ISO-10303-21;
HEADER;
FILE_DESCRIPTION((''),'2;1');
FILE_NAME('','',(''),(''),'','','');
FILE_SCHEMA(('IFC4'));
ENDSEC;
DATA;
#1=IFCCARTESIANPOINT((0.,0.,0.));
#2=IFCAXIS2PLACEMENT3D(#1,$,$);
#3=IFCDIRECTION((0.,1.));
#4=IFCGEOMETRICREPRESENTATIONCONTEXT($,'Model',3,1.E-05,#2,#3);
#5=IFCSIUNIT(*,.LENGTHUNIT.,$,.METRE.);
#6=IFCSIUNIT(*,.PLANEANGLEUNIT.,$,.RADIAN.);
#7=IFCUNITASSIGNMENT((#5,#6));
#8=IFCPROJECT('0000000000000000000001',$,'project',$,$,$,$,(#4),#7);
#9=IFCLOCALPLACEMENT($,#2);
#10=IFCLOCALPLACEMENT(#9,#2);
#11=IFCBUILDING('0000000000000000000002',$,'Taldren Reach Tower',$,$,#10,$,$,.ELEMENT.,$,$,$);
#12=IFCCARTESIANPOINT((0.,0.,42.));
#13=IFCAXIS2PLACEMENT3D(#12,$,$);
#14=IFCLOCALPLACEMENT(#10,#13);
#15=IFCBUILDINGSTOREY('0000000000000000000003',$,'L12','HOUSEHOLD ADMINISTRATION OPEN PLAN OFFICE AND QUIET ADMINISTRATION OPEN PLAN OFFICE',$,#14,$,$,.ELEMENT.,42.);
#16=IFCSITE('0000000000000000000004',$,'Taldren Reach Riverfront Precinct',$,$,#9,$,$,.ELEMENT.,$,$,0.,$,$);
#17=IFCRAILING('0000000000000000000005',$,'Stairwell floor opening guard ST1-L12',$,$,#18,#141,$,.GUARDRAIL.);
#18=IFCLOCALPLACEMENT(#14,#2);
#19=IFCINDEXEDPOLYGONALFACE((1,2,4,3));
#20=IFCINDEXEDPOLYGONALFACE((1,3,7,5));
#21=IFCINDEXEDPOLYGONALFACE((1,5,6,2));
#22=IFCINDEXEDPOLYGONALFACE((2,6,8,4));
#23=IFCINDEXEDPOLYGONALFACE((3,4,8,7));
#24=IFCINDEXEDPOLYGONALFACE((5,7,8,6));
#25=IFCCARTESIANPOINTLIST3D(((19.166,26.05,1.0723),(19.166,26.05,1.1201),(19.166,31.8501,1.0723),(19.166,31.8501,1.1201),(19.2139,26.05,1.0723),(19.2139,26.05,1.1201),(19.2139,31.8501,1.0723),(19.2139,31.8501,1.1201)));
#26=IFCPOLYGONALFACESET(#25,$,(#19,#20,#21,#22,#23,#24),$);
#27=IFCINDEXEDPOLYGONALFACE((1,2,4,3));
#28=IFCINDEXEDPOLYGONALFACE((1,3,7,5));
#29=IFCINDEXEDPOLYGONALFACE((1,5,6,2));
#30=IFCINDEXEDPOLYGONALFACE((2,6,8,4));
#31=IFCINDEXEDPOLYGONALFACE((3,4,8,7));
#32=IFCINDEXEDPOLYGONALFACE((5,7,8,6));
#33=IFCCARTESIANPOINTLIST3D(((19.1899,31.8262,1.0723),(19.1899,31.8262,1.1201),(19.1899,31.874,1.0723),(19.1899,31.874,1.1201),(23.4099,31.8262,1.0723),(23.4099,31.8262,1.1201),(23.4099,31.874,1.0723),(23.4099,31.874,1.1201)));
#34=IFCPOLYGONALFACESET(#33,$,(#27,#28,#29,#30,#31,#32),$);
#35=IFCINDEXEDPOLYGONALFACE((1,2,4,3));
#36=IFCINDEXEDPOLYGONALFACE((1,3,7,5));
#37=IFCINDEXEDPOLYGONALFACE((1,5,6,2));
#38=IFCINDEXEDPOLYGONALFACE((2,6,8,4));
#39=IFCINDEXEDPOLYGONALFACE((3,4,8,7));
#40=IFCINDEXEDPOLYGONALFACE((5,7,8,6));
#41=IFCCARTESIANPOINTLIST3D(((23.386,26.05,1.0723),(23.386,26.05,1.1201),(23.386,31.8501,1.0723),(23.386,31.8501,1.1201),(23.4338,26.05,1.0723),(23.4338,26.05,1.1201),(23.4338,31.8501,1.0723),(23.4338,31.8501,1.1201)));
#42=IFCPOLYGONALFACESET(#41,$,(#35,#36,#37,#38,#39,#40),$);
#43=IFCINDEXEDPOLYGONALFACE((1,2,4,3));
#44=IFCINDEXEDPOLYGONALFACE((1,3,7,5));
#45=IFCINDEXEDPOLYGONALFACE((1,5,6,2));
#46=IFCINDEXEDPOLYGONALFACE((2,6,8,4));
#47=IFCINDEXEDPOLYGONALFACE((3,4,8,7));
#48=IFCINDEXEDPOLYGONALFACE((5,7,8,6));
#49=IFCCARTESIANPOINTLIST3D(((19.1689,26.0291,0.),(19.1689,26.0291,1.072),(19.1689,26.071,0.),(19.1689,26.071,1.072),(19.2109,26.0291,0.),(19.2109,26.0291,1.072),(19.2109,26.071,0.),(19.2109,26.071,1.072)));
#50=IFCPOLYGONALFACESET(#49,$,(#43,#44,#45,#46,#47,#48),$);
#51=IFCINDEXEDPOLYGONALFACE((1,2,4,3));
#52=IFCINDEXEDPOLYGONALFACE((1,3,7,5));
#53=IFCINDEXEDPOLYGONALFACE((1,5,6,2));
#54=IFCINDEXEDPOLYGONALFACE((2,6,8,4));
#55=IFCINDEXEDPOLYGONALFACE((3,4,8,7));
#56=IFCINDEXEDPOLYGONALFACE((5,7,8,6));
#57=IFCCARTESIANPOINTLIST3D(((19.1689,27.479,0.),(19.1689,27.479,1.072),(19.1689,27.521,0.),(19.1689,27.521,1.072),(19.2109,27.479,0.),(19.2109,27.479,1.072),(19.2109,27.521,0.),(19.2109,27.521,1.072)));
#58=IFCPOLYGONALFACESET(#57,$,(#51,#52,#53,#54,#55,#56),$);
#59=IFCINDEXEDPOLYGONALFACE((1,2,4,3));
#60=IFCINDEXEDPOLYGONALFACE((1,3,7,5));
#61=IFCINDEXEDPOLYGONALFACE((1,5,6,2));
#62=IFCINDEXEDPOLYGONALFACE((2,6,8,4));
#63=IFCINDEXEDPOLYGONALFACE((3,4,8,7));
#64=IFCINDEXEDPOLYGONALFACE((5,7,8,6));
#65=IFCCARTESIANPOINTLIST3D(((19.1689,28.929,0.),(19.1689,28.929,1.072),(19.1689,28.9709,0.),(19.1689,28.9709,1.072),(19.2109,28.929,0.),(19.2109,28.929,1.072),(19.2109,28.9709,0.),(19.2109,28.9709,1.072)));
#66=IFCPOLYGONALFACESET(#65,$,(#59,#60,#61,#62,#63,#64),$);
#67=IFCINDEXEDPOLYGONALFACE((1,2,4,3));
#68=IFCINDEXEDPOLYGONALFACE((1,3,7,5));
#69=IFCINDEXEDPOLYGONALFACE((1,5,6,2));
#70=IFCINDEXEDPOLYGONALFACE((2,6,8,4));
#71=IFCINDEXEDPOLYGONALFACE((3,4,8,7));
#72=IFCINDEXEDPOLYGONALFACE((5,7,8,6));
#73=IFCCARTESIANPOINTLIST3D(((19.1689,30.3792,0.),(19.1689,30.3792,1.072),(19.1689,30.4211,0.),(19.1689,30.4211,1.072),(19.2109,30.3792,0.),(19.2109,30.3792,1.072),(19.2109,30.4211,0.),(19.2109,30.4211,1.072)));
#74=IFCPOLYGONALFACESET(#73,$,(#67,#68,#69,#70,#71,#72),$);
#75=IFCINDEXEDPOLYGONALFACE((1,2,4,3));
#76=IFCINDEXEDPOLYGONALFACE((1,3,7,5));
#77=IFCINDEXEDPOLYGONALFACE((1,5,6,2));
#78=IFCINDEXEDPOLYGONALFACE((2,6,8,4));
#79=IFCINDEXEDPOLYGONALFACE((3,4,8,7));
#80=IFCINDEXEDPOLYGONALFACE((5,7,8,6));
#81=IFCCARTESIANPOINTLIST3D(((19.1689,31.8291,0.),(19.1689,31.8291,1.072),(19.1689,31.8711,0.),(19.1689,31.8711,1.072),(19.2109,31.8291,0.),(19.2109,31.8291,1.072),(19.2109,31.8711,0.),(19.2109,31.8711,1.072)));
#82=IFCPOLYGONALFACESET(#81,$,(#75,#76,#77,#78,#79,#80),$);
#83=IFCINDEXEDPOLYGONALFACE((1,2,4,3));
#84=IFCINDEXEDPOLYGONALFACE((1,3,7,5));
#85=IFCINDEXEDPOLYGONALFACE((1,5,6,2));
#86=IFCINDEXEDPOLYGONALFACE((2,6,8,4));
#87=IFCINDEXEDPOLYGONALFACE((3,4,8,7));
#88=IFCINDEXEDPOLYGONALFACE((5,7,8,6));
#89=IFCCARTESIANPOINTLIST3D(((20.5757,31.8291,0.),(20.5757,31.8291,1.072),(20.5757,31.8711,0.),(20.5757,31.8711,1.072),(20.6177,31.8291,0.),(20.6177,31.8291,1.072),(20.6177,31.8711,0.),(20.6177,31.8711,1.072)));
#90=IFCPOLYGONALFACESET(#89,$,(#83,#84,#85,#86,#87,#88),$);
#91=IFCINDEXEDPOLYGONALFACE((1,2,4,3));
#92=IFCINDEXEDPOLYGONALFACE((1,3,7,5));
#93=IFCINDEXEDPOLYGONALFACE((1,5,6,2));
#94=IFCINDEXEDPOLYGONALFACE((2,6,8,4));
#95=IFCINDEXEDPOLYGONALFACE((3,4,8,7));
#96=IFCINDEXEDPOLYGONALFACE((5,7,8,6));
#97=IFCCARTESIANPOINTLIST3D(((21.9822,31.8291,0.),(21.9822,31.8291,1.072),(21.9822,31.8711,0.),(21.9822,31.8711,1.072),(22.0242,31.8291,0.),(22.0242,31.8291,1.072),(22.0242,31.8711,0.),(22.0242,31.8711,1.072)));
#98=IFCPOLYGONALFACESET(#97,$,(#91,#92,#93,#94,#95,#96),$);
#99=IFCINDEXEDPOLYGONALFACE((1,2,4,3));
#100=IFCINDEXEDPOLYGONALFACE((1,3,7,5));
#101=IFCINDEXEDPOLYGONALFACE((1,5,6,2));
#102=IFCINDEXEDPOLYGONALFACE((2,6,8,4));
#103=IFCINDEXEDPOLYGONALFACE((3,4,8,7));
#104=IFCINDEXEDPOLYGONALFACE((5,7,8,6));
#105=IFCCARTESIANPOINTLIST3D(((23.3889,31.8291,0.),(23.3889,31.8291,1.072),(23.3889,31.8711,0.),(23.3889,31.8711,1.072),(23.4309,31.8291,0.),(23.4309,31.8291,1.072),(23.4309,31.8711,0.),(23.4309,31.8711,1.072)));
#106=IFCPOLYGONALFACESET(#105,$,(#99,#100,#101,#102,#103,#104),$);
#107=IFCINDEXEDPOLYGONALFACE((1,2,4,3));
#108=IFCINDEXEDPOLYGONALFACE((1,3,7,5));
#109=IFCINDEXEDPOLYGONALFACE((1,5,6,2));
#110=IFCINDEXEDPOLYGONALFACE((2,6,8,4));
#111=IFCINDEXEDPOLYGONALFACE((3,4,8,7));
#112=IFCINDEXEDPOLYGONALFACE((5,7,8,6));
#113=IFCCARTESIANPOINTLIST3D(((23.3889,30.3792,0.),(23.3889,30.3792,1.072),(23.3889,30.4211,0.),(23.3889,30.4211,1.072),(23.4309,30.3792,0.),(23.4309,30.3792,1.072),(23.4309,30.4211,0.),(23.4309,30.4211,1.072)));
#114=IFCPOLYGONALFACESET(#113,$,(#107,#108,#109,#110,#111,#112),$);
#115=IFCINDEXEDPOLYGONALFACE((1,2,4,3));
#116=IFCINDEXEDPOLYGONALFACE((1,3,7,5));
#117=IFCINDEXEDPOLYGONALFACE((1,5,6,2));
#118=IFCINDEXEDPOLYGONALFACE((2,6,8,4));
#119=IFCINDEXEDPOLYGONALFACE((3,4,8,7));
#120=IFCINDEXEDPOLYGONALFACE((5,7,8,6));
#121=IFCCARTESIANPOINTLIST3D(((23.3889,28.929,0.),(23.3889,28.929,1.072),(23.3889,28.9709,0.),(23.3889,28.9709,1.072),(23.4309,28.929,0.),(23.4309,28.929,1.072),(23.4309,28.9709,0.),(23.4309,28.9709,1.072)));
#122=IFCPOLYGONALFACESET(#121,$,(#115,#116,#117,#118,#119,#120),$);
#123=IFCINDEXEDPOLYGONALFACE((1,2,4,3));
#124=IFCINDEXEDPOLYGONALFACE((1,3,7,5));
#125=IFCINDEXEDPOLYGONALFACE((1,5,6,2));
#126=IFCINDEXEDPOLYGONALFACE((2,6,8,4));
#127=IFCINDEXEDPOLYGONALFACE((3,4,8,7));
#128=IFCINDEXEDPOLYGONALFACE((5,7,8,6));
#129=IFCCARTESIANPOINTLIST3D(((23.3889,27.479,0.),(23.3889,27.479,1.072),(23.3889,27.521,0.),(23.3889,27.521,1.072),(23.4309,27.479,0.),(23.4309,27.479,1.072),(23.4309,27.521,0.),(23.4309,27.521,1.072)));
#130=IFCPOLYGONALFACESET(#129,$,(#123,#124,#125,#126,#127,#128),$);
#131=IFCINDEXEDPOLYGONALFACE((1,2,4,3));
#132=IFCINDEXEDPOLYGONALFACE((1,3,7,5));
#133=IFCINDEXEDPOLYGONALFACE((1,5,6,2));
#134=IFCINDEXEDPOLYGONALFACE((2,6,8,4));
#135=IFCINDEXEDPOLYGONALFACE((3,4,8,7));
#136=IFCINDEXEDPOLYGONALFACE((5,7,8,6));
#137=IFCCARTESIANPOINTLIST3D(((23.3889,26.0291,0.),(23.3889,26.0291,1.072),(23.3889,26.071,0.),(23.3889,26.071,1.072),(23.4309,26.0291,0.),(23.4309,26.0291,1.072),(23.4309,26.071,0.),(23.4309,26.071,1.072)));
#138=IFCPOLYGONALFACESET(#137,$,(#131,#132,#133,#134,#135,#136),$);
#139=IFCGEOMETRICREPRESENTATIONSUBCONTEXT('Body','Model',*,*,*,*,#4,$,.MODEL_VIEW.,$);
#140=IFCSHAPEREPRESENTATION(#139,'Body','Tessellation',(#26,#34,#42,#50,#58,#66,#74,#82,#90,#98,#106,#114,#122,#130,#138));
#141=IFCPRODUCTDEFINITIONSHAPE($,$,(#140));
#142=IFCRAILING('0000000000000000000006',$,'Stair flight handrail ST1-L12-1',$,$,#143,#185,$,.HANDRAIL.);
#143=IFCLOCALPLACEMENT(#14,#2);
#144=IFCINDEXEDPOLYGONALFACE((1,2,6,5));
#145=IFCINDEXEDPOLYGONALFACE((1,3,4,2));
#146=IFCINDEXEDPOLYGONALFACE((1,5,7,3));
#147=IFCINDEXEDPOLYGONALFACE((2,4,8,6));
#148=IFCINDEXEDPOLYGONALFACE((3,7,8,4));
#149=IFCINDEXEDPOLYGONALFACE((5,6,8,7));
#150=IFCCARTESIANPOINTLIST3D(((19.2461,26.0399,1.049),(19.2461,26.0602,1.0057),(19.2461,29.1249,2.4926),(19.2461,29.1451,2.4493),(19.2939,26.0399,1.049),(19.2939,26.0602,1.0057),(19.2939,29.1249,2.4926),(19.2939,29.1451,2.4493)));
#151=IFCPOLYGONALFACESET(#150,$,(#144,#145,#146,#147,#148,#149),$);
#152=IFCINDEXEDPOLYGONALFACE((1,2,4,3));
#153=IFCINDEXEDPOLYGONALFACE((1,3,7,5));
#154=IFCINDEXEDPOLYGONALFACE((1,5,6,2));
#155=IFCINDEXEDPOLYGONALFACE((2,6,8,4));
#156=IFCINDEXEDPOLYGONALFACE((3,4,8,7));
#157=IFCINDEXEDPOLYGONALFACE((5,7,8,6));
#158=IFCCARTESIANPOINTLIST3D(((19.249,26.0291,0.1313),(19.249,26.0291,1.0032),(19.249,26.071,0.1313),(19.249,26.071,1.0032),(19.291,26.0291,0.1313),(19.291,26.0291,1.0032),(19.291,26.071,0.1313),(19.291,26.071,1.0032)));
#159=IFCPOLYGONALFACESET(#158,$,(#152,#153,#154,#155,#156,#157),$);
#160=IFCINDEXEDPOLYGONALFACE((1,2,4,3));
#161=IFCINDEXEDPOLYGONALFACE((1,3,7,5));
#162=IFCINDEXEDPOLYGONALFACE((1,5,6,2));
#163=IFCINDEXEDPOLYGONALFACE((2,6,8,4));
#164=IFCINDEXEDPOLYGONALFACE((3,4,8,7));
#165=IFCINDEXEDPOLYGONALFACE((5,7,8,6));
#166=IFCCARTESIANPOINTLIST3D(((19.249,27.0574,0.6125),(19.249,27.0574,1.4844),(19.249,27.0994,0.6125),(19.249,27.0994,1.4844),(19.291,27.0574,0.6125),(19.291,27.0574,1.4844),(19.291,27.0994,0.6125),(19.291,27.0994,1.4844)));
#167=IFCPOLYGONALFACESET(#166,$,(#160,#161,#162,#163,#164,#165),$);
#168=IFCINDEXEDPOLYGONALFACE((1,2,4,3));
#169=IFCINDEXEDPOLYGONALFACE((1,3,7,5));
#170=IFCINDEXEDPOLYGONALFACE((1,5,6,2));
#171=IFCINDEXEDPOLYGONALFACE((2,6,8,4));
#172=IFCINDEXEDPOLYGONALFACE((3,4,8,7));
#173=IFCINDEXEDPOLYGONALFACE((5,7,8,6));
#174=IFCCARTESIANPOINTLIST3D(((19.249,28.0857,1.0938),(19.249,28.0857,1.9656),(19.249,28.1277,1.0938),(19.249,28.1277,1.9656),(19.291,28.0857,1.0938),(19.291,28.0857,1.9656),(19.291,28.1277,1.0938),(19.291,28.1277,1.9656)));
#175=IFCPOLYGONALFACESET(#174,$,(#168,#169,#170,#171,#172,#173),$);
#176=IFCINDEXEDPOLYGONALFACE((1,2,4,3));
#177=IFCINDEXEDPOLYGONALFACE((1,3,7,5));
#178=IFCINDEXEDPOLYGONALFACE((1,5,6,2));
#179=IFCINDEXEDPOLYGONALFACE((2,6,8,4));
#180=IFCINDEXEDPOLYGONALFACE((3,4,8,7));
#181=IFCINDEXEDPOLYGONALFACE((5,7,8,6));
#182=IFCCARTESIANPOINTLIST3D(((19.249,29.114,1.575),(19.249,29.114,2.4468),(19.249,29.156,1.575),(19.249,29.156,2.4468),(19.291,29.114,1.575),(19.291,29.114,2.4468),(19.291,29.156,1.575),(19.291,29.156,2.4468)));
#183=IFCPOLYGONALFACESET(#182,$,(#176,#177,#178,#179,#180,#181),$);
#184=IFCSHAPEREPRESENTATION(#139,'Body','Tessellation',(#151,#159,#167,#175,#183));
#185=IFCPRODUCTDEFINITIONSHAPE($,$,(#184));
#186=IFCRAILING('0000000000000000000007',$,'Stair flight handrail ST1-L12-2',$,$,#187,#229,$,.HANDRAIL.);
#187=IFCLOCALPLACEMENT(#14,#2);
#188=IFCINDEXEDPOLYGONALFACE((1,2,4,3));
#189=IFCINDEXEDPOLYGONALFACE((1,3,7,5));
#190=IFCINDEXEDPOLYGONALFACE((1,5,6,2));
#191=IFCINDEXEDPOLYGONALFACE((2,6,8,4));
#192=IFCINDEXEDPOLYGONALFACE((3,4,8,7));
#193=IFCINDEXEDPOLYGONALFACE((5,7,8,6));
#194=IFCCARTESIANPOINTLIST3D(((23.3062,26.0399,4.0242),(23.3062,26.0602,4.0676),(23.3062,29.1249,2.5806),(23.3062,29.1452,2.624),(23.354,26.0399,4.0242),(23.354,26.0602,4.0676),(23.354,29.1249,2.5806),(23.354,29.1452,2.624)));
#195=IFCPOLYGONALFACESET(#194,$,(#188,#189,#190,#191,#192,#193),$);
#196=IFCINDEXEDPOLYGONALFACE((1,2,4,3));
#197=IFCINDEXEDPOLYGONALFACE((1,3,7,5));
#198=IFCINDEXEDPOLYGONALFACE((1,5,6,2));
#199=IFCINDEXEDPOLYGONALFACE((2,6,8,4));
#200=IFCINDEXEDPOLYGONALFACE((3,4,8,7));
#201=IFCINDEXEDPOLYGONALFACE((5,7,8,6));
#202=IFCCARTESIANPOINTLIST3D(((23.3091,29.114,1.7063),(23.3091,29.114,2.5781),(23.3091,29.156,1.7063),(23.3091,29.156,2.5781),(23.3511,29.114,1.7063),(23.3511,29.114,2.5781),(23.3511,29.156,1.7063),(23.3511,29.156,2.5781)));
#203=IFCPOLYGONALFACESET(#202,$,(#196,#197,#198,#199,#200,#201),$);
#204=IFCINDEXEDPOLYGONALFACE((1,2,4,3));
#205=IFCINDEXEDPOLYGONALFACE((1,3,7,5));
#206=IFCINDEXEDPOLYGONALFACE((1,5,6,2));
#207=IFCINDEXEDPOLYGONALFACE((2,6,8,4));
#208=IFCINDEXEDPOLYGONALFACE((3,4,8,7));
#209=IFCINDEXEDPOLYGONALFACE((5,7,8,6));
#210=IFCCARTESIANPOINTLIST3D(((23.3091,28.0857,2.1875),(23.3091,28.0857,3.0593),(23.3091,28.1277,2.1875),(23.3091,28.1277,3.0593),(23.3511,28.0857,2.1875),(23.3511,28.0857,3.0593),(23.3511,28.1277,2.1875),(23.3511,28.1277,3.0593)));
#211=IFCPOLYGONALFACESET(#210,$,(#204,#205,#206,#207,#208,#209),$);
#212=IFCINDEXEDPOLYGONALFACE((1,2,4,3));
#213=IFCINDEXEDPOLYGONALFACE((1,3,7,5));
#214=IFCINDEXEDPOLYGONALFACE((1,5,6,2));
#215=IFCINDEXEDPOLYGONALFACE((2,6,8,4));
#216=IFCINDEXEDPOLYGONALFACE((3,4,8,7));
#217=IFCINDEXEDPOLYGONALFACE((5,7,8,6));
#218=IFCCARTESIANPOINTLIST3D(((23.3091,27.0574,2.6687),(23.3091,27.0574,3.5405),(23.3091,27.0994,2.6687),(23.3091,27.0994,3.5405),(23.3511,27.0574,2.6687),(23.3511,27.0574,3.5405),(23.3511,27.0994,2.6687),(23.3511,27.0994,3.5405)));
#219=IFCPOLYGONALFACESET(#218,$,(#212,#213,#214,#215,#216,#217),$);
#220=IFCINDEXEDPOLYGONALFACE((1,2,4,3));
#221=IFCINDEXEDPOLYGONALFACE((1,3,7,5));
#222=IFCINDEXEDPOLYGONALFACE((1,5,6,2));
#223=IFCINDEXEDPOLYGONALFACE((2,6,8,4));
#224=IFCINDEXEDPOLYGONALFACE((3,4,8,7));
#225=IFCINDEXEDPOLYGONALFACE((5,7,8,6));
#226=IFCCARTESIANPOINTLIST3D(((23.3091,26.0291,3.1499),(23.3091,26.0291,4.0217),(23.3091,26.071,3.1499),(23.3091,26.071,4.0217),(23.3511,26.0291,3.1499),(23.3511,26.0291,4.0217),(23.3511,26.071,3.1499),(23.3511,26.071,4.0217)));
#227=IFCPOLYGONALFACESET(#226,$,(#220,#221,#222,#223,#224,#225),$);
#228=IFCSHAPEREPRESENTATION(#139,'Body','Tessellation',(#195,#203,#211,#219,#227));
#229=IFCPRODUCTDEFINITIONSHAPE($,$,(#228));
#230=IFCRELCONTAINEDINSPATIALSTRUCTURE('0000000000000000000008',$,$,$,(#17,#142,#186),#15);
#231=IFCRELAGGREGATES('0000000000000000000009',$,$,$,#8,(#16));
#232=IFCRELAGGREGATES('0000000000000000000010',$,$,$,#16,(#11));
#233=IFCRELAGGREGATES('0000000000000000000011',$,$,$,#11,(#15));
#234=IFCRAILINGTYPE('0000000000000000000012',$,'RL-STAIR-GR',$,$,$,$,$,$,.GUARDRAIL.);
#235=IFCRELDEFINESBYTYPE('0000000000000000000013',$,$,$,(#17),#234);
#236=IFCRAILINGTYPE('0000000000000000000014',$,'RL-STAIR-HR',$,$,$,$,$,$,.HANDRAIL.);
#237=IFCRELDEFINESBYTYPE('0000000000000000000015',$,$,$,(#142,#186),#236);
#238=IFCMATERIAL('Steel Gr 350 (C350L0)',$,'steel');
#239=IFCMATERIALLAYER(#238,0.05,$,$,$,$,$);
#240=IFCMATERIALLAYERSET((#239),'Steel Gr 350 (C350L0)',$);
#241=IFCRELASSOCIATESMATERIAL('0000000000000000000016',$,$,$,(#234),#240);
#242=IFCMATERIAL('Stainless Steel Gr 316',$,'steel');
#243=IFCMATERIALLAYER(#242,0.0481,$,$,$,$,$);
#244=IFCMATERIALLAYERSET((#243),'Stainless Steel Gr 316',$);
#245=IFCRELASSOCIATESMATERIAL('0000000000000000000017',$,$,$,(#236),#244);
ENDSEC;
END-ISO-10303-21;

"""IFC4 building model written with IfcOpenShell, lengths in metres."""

from ifc_helpers import new_model, si_unit, direction, frame, origin, origin_2d, place, context, subcontext, project, spatial, rectangle, extrude, material, layer, layer_set, type_object, element, save


model = new_model("IFC4")

# Units and contexts
model_context = context("Model", 3, precision=1e-05, world=origin(), true_north=direction((0.0, 1.0)))
body_context = subcontext(model_context, "Body", "Model", "MODEL_VIEW")
ifc_project = project(units=[si_unit("LENGTHUNIT", "METRE"), si_unit("PLANEANGLEUNIT", "RADIAN")], contexts=[model_context])

# Site, building, storey
site_placement = place(None, origin())
site = spatial("IfcSite", under=ifc_project, at=site_placement, Name="Taldren Reach Riverfront Precinct", CompositionType="ELEMENT", RefElevation=0.0)
building_placement = place(site_placement, origin())
building = spatial("IfcBuilding", under=site, at=building_placement, Name="Taldren Reach Tower", CompositionType="ELEMENT")
storey_placement = place(building_placement, frame((0.0, 0.0, 42.0)))
storey = spatial("IfcBuildingStorey", under=building, at=storey_placement, Name="L12", Description="HOUSEHOLD ADMINISTRATION OPEN PLAN OFFICE AND QUIET ADMINISTRATION OPEN PLAN OFFICE", CompositionType="ELEMENT", Elevation=42.0)

# Shared definitions
ifc_material_1 = material(Name="Steel Gr 350 (C350L0)", Category="steel")

# Railings
ifc_layer_1 = layer(ifc_material_1, 0.05)
ifc_layer_set_1 = layer_set([ifc_layer_1], Name="Steel Gr 350 (C350L0)")
railing_type_1 = type_object("IfcRailingType", Name="RL-STAIR-GR", PredefinedType="GUARDRAIL", material=ifc_layer_set_1)
railing_1_placement = place(storey_placement, frame((19.1899, 26.05, 0.0)))
element("IfcRailing", 1, at=railing_1_placement, inside=storey, type_object=railing_type_1, Name="Stairwell floor opening guard ST1-L12", PredefinedType="GUARDRAIL", context=body_context, shape_type="SweptSolid", body=[
    extrude(rectangle(XDim=0.0479, YDim=0.0479, at=origin_2d()), frame((0.0, 0.0, 1.0962), z_axis=(0.0, 1.0, 0.0), x_axis=(-1.0, 0.0, 0.0)), (0.0, 0.0, 1.0), 5.8),
    extrude(rectangle(XDim=0.0479, YDim=0.0479, at=origin_2d()), frame((0.0, 5.8, 1.0962), z_axis=(1.0, 0.0, 0.0), x_axis=(0.0, 1.0, 0.0)), (0.0, 0.0, 1.0), 4.22),
    extrude(rectangle(XDim=0.0479, YDim=0.0479, at=origin_2d()), frame((4.22, 5.8, 1.0962), z_axis=(0.0, -1.0, 0.0), x_axis=(1.0, 0.0, 0.0)), (0.0, 0.0, 1.0), 5.8),
    extrude(rectangle(XDim=0.042, YDim=0.042, at=origin_2d()), origin(), (0.0, 0.0, 1.0), 1.072),
    extrude(rectangle(XDim=0.042, YDim=0.042, at=origin_2d()), frame((0.0, 1.45, 0.0)), (0.0, 0.0, 1.0), 1.072),
    extrude(rectangle(XDim=0.042, YDim=0.042, at=origin_2d()), frame((0.0, 2.8999, 0.0)), (0.0, 0.0, 1.0), 1.072),
    extrude(rectangle(XDim=0.042, YDim=0.042, at=origin_2d()), frame((0.0, 4.3501, 0.0)), (0.0, 0.0, 1.0), 1.072),
    extrude(rectangle(XDim=0.042, YDim=0.042, at=origin_2d()), frame((0.0, 5.8, 0.0)), (0.0, 0.0, 1.0), 1.072),
    extrude(rectangle(XDim=0.042, YDim=0.042, at=origin_2d()), frame((1.4067, 5.8, 0.0)), (0.0, 0.0, 1.0), 1.072),
    extrude(rectangle(XDim=0.042, YDim=0.042, at=origin_2d()), frame((2.8132, 5.8, 0.0)), (0.0, 0.0, 1.0), 1.072),
    extrude(rectangle(XDim=0.042, YDim=0.042, at=origin_2d()), frame((4.22, 5.8, 0.0)), (0.0, 0.0, 1.0), 1.072),
    extrude(rectangle(XDim=0.042, YDim=0.042, at=origin_2d()), frame((4.22, 4.3501, 0.0)), (0.0, 0.0, 1.0), 1.072),
    extrude(rectangle(XDim=0.042, YDim=0.042, at=origin_2d()), frame((4.22, 2.8999, 0.0)), (0.0, 0.0, 1.0), 1.072),
    extrude(rectangle(XDim=0.042, YDim=0.042, at=origin_2d()), frame((4.22, 1.45, 0.0)), (0.0, 0.0, 1.0), 1.072),
    extrude(rectangle(XDim=0.042, YDim=0.042, at=origin_2d()), frame((4.22, 0.0, 0.0)), (0.0, 0.0, 1.0), 1.072),
])
ifc_material_2 = material(Name="Stainless Steel Gr 316", Category="steel")
ifc_layer_2 = layer(ifc_material_2, 0.0481)
ifc_layer_set_2 = layer_set([ifc_layer_2], Name="Stainless Steel Gr 316")
railing_type_2 = type_object("IfcRailingType", Name="RL-STAIR-HR", PredefinedType="HANDRAIL", material=ifc_layer_set_2)
railing_2_placement = place(storey_placement, frame((19.27, 26.05, 0.1313)))
element("IfcRailing", 2, at=railing_2_placement, inside=storey, type_object=railing_type_2, Name="Stair flight handrail ST1-L12-1", PredefinedType="HANDRAIL", context=body_context, shape_type="SweptSolid", body=[
    extrude(rectangle(XDim=0.0479, YDim=0.0479, at=origin_2d()), frame((0.0, 0.0, 0.896), z_axis=(0.0, 0.905738, 0.423839), x_axis=(-1.0, 0.0, 0.0)), (0.0, 0.0, 1.0), 3.406),
    extrude(rectangle(XDim=0.042, YDim=0.042, at=origin_2d()), origin(), (0.0, 0.0, 1.0), 0.8718),
    extrude(rectangle(XDim=0.042, YDim=0.042, at=origin_2d()), frame((0.0, 1.0283, 0.4812)), (0.0, 0.0, 1.0), 0.8718),
    extrude(rectangle(XDim=0.042, YDim=0.042, at=origin_2d()), frame((0.0, 2.0566, 0.9624)), (0.0, 0.0, 1.0), 0.8718),
    extrude(rectangle(XDim=0.042, YDim=0.042, at=origin_2d()), frame((0.0, 3.085, 1.4436)), (0.0, 0.0, 1.0), 0.8718),
])
railing_3_placement = place(storey_placement, frame((23.3301, 29.135, 1.7063)))
element("IfcRailing", 3, at=railing_3_placement, inside=storey, type_object=railing_type_2, Name="Stair flight handrail ST1-L12-2", PredefinedType="HANDRAIL", context=body_context, shape_type="SweptSolid", body=[
    extrude(rectangle(XDim=0.0479, YDim=0.0479, at=origin_2d()), frame((0.0, 0.0, 0.896), z_axis=(0.0, -0.905738, 0.423839), x_axis=(1.0, 0.0, 0.0)), (0.0, 0.0, 1.0), 3.406),
    extrude(rectangle(XDim=0.042, YDim=0.042, at=origin_2d()), origin(), (0.0, 0.0, 1.0), 0.8718),
    extrude(rectangle(XDim=0.042, YDim=0.042, at=origin_2d()), frame((0.0, -1.0283, 0.4812)), (0.0, 0.0, 1.0), 0.8718),
    extrude(rectangle(XDim=0.042, YDim=0.042, at=origin_2d()), frame((0.0, -2.0566, 0.9624)), (0.0, 0.0, 1.0), 0.8718),
    extrude(rectangle(XDim=0.042, YDim=0.042, at=origin_2d()), frame((0.0, -3.085, 1.4436)), (0.0, 0.0, 1.0), 0.8718),
])

save(model, "model.ifc")
